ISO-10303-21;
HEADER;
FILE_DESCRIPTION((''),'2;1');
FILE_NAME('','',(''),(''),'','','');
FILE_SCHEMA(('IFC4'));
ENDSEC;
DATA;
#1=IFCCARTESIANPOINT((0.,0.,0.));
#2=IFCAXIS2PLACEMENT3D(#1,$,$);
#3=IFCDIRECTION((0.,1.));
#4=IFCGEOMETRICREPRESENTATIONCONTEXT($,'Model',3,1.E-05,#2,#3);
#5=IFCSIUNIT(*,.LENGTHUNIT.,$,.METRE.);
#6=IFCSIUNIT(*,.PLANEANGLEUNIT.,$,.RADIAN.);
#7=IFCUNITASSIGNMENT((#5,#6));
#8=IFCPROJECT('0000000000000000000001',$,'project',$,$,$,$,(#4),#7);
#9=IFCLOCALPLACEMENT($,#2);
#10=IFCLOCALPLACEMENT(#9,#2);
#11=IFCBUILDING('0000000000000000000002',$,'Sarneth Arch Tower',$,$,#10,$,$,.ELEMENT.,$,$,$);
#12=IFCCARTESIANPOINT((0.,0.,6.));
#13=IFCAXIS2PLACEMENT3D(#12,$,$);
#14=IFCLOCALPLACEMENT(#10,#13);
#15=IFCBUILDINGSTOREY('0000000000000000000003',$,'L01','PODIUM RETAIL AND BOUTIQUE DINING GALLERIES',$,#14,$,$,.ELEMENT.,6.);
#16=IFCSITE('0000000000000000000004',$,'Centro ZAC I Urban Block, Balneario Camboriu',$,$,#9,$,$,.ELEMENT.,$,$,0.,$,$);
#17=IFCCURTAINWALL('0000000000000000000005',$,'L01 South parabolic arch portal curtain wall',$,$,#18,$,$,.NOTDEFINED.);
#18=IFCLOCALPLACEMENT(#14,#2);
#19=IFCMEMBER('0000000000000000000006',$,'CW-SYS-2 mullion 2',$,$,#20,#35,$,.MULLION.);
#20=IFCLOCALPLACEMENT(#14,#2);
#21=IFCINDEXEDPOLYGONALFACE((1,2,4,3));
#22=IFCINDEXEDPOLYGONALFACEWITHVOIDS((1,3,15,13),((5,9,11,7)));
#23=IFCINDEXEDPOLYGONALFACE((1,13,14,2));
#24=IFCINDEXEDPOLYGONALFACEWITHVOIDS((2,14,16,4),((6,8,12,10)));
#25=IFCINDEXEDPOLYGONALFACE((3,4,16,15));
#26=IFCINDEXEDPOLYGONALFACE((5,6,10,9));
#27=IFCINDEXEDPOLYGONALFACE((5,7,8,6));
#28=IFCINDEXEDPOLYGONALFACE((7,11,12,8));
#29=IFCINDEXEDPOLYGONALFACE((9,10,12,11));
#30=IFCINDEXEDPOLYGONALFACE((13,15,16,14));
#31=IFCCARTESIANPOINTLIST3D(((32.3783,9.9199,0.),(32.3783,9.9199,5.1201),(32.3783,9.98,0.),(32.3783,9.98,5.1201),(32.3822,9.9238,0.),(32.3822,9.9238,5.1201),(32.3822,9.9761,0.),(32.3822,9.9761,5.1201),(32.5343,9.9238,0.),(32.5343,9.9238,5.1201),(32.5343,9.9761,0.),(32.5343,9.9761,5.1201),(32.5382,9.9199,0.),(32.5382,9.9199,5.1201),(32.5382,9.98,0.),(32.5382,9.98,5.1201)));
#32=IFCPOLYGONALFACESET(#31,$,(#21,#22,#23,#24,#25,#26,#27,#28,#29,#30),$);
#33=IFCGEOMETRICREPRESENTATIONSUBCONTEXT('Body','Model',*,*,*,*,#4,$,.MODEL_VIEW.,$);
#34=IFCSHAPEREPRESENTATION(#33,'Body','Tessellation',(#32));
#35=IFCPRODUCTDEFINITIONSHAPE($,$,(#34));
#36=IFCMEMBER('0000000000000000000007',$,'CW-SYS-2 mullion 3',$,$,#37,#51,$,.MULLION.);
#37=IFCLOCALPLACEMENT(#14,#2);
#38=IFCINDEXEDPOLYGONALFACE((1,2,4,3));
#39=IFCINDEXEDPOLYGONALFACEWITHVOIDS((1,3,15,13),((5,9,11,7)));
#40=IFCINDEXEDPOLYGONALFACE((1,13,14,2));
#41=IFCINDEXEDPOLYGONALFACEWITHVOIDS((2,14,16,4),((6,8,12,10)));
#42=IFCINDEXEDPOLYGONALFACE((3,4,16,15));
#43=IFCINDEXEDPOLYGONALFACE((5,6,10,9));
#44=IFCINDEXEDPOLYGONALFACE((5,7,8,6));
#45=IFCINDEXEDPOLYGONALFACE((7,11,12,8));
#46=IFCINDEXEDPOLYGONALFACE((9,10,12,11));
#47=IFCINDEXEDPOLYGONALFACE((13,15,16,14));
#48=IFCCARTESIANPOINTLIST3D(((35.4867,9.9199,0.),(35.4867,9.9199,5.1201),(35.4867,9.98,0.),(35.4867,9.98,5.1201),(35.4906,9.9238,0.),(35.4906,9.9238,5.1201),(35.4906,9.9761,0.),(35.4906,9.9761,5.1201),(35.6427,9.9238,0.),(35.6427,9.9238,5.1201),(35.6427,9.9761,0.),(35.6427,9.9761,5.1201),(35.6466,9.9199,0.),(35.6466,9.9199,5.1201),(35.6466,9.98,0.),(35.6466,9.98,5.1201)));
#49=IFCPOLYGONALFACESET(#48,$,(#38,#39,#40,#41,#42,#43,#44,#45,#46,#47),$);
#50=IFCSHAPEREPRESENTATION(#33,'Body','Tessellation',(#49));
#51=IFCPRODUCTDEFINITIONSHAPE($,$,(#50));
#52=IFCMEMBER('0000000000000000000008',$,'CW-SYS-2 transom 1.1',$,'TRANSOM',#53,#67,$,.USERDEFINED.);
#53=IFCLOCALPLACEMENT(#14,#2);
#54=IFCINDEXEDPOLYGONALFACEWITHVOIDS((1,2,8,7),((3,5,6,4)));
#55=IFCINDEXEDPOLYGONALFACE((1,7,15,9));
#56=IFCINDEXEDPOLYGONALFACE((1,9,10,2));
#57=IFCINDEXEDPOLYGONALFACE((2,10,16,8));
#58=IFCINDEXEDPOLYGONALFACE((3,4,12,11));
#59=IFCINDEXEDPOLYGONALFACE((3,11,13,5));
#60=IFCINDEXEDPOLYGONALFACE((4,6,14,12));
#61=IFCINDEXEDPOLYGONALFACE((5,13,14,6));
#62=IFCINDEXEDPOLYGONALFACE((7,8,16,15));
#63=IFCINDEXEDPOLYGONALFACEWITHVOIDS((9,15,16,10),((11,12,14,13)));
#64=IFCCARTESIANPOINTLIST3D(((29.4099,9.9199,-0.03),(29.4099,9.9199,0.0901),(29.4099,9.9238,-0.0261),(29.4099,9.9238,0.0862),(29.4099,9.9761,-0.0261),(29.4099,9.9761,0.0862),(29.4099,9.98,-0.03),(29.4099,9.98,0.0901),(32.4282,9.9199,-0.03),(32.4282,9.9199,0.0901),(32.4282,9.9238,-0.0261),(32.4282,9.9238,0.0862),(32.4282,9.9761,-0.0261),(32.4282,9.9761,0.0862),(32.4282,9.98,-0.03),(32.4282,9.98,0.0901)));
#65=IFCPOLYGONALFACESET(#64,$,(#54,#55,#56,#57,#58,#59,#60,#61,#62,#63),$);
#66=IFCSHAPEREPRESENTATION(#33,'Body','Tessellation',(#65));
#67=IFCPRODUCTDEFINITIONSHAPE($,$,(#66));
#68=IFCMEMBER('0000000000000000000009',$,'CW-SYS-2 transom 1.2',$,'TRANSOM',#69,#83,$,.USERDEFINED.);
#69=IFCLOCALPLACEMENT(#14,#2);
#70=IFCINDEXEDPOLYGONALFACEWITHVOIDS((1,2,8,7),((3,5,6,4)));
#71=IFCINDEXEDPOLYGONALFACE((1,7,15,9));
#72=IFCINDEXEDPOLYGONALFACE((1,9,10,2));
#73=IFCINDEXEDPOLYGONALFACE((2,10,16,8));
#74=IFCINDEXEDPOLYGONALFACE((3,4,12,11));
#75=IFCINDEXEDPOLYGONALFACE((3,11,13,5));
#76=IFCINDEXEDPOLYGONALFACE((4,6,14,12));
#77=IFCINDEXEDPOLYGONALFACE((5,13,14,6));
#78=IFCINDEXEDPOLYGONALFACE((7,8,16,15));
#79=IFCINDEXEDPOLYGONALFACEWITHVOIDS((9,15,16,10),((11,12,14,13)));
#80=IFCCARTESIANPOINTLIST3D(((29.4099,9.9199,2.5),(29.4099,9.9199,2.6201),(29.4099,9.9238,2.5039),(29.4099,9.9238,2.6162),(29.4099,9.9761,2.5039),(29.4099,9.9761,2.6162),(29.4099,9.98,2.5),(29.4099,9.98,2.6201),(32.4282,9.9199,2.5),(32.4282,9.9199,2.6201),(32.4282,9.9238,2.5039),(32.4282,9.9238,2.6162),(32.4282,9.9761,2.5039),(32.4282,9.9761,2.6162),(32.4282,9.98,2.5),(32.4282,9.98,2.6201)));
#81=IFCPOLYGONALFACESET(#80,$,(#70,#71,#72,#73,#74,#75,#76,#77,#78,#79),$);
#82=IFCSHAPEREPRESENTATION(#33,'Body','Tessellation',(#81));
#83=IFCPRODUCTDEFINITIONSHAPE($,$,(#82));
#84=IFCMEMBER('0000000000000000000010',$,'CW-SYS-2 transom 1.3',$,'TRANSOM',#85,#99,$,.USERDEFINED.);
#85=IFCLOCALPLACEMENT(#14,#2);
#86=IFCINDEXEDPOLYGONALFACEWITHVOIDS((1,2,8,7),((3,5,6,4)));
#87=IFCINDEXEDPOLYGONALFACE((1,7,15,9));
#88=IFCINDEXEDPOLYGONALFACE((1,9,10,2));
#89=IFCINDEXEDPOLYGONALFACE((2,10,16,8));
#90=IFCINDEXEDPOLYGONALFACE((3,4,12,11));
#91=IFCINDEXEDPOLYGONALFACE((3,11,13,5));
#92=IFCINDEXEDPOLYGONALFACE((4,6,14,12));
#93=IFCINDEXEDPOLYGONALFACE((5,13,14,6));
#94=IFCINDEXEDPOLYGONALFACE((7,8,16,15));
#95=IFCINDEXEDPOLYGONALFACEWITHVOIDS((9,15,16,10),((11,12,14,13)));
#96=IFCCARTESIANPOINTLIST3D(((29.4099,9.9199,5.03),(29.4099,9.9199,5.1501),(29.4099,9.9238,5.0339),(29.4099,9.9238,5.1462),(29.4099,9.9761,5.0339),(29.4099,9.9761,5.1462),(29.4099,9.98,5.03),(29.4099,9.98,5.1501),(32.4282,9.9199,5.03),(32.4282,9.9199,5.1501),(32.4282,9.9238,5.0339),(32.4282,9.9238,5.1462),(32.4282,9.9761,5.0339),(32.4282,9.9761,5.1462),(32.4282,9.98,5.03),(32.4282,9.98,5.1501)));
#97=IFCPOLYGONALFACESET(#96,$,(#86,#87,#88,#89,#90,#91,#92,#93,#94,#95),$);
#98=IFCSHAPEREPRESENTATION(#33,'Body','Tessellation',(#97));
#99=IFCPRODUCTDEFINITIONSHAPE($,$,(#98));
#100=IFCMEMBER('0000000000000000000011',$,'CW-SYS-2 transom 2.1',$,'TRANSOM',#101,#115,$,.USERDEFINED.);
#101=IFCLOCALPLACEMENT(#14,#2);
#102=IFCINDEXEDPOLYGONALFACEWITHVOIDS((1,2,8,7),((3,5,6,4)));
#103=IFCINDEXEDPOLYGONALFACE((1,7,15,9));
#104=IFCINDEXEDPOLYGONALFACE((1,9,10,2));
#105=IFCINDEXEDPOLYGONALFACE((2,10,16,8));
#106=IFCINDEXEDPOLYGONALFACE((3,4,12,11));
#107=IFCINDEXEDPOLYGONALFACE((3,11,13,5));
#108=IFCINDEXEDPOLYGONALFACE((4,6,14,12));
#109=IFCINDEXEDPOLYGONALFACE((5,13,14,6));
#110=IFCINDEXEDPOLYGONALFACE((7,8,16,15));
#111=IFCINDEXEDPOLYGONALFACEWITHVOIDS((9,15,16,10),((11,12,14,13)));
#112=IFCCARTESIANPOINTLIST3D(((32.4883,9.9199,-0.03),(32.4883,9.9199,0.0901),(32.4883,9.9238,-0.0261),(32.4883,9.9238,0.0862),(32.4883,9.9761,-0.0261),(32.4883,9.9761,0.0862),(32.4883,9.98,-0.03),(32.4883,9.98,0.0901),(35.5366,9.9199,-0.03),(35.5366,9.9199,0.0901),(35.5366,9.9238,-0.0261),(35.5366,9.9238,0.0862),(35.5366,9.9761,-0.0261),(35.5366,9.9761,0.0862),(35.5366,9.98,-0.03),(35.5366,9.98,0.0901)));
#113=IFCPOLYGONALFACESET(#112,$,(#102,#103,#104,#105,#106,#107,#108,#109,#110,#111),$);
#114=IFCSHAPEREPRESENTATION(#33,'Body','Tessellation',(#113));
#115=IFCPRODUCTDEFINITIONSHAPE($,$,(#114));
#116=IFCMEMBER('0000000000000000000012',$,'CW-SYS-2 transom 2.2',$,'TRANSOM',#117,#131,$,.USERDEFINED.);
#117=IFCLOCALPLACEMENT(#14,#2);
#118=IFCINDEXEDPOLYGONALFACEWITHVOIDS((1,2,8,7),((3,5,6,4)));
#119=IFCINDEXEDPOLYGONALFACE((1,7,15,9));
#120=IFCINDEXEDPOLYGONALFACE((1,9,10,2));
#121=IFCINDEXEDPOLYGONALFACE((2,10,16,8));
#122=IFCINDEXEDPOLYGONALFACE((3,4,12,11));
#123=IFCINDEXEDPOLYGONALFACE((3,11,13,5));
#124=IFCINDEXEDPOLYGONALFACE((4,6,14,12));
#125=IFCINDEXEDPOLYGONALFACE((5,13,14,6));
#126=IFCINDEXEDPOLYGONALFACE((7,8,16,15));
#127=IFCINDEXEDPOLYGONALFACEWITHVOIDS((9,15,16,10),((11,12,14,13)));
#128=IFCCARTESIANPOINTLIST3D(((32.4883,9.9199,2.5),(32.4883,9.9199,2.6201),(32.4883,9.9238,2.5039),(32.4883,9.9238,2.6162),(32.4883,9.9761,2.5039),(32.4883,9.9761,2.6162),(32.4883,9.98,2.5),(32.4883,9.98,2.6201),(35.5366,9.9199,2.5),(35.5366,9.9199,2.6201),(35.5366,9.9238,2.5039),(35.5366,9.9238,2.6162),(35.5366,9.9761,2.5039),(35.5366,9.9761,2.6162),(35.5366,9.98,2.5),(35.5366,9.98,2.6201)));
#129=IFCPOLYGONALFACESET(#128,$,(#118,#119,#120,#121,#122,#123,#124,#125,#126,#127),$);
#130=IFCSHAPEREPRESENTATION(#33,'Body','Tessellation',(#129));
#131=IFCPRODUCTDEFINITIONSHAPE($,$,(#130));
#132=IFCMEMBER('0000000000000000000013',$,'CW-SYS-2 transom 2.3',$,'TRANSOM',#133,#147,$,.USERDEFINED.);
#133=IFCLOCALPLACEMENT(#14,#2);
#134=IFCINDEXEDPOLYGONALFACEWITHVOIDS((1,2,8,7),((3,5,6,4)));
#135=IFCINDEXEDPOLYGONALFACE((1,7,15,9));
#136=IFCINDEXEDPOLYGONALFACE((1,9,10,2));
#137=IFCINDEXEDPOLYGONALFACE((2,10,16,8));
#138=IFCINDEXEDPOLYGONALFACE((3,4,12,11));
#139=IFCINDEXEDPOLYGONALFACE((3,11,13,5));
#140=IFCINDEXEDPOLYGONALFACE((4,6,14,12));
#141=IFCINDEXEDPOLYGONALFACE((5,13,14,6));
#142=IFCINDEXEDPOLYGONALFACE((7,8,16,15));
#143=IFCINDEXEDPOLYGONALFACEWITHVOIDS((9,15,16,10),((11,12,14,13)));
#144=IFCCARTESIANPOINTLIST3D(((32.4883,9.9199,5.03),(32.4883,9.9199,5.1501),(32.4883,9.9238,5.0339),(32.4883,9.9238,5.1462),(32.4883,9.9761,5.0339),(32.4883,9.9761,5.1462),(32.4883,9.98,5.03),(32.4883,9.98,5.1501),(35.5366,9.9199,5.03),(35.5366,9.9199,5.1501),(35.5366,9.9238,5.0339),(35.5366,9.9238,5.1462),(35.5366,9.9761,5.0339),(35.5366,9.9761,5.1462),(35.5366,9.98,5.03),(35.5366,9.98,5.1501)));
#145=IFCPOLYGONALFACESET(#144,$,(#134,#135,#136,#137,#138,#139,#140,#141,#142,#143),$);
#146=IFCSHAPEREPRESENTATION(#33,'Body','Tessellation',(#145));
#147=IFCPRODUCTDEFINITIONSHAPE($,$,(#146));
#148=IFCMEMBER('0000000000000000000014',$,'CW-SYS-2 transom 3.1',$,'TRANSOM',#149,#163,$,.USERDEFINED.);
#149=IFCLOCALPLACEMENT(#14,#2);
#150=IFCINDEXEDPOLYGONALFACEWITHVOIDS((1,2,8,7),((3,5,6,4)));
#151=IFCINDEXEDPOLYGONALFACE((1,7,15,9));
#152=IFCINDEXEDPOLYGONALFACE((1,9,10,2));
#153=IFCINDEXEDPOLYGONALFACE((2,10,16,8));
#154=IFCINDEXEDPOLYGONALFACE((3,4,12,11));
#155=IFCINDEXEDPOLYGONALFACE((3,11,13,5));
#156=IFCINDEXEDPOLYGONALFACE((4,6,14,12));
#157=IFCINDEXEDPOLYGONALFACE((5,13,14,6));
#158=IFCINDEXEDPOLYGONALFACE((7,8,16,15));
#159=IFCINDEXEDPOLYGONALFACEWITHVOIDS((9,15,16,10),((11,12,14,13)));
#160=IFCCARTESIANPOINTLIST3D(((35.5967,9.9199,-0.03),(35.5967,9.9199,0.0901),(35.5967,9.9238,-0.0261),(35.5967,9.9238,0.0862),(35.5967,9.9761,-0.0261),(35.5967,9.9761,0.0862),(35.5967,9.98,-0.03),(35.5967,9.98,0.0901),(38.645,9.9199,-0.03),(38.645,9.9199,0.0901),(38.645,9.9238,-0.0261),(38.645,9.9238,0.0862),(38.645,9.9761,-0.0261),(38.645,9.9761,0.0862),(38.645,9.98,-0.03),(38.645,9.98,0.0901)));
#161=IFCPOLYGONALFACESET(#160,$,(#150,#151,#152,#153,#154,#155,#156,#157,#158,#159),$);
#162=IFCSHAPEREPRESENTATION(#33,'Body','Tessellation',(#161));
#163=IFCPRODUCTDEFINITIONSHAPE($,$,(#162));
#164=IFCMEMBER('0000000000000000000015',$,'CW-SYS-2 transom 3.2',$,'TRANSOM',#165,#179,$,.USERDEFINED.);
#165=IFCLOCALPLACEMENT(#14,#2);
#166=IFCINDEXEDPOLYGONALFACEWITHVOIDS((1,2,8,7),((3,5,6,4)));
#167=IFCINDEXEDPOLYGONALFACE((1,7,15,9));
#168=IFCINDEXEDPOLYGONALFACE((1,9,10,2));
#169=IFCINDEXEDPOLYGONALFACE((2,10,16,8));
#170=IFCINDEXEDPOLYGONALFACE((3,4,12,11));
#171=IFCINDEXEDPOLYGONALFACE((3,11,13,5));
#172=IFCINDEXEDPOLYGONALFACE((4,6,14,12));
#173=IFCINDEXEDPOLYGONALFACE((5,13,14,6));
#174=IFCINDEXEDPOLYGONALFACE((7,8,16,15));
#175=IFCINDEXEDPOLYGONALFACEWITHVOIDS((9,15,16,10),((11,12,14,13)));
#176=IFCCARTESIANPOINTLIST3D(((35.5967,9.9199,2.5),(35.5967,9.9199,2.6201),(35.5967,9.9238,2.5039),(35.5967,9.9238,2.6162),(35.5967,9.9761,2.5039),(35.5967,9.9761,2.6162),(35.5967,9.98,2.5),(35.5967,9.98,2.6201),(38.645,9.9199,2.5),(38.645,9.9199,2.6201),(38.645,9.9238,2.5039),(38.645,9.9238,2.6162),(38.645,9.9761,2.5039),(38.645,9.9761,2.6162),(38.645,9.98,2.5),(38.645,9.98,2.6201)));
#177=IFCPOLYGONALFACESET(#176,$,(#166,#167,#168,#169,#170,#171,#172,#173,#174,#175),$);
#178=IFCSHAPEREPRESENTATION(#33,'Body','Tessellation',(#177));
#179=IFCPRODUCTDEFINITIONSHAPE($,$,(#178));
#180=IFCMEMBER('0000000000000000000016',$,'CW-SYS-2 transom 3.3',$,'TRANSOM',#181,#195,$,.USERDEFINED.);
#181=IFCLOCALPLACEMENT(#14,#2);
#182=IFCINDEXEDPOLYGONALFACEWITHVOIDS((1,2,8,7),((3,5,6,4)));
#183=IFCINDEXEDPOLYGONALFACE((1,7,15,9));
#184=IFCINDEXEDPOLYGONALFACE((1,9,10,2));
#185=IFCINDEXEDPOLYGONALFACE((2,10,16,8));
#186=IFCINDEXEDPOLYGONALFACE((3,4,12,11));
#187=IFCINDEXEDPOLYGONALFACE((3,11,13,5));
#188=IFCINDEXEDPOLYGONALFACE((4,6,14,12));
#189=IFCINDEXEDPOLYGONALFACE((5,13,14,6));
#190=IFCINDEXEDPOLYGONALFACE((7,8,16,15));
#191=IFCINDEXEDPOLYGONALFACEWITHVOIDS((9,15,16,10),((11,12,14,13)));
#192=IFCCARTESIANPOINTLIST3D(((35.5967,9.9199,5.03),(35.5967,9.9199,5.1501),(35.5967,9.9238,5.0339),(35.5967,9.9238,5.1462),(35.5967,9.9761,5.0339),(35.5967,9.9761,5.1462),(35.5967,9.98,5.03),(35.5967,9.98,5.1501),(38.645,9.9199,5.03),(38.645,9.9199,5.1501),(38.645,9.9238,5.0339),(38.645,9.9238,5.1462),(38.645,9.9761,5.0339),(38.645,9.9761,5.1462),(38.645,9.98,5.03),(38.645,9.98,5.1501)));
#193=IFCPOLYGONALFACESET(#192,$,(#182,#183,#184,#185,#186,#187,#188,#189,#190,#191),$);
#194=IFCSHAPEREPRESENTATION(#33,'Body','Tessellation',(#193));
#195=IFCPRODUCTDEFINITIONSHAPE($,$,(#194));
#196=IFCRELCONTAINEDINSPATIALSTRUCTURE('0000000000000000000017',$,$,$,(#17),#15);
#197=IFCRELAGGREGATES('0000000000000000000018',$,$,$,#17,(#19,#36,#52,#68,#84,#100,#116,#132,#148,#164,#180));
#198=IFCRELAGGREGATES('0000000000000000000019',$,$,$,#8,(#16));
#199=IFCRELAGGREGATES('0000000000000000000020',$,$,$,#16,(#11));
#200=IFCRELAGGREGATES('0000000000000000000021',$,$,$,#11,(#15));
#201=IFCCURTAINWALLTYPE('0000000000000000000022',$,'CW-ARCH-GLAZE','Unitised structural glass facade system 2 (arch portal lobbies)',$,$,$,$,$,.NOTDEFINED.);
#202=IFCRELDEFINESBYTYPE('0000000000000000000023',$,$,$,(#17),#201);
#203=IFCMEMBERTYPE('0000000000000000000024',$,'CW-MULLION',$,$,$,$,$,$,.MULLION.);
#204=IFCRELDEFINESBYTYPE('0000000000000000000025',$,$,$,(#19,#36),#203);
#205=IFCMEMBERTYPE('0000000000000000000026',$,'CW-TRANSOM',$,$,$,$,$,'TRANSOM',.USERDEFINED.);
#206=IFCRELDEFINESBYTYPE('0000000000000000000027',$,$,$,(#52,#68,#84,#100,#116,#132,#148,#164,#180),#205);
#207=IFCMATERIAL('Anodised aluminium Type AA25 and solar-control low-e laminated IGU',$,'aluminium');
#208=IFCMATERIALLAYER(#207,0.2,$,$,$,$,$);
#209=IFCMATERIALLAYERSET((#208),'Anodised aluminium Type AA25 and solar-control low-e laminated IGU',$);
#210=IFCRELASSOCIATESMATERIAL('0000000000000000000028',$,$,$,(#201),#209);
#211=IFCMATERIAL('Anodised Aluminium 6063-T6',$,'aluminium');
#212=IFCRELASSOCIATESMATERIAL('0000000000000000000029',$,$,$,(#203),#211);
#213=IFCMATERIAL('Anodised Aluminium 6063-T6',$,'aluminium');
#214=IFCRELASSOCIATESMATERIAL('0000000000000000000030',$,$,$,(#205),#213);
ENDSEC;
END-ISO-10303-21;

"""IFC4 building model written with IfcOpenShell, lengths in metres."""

from ifc_helpers import new_model, si_unit, direction, frame, origin, origin_2d, place, context, subcontext, project, spatial, hollow_rectangle, extrude, material, layer, layer_set, material_profile, profile_set, type_object, element, aggregate, save


model = new_model("IFC4")

# Units and contexts
model_context = context("Model", 3, precision=1e-05, world=origin(), true_north=direction((0.0, 1.0)))
body_context = subcontext(model_context, "Body", "Model", "MODEL_VIEW")
ifc_project = project(units=[si_unit("LENGTHUNIT", "METRE"), si_unit("PLANEANGLEUNIT", "RADIAN")], contexts=[model_context])

# Site, building, storey
site_placement = place(None, origin())
site = spatial("IfcSite", under=ifc_project, at=site_placement, Name="Centro ZAC I Urban Block, Balneario Camboriu", CompositionType="ELEMENT", RefElevation=0.0)
building_placement = place(site_placement, origin())
building = spatial("IfcBuilding", under=site, at=building_placement, Name="Sarneth Arch Tower", CompositionType="ELEMENT")
storey_placement = place(building_placement, frame((0.0, 0.0, 6.0)))
storey = spatial("IfcBuildingStorey", under=building, at=storey_placement, Name="L01", Description="PODIUM RETAIL AND BOUTIQUE DINING GALLERIES", CompositionType="ELEMENT", Elevation=6.0)

# Curtain wall, members
ifc_material_1 = material(Name="Anodised aluminium Type AA25 and solar-control low-e laminated IGU", Category="aluminium")
ifc_layer_1 = layer(ifc_material_1, 0.2)
ifc_layer_set_1 = layer_set([ifc_layer_1], Name="Anodised aluminium Type AA25 and solar-control low-e laminated IGU")
curtain_wall_type = type_object("IfcCurtainWallType", Name="CW-ARCH-GLAZE", Description="Unitised structural glass facade system 2 (arch portal lobbies)", PredefinedType="NOTDEFINED", material=ifc_layer_set_1)
curtain_wall_placement = place(storey_placement, origin())
curtain_wall = element("IfcCurtainWall", 1, at=curtain_wall_placement, inside=storey, type_object=curtain_wall_type, Name="L01 South parabolic arch portal curtain wall", PredefinedType="NOTDEFINED")
ifc_material_2 = material(Name="Anodised Aluminium 6063-T6", Category="aluminium")
ifc_material_profile_1 = material_profile(ifc_material_2, hollow_rectangle(XDim=0.0601, YDim=0.1599, WallThickness=0.0039, at=origin_2d()), Name="AL-MULL-160x60x4")
ifc_profile_set_1 = profile_set([ifc_material_profile_1], Name="Anodised Aluminium 6063-T6")
member_type_1 = type_object("IfcMemberType", Name="CW-MULLION", PredefinedType="MULLION", material=ifc_profile_set_1)
member_1_placement = place(storey_placement, frame((32.4583, 9.95, 0.0), z_axis=(0.0, 0.0, 1.0), x_axis=(0.0, 1.0, 0.0)))
member_1 = element("IfcMember", 2, at=member_1_placement, type_object=member_type_1, Name="CW-SYS-2 mullion 2", PredefinedType="MULLION", context=body_context, shape_type="SweptSolid", body=[
    extrude(hollow_rectangle(XDim=0.0601, YDim=0.1599, WallThickness=0.0039, at=origin_2d()), origin(), (0.0, 0.0, 1.0), 5.1201),
])
member_2_placement = place(storey_placement, frame((35.5667, 9.95, 0.0), z_axis=(0.0, 0.0, 1.0), x_axis=(0.0, 1.0, 0.0)))
member_2 = element("IfcMember", 3, at=member_2_placement, type_object=member_type_1, Name="CW-SYS-2 mullion 3", PredefinedType="MULLION", context=body_context, shape_type="SweptSolid", body=[
    extrude(hollow_rectangle(XDim=0.0601, YDim=0.1599, WallThickness=0.0039, at=origin_2d()), origin(), (0.0, 0.0, 1.0), 5.1201),
])
ifc_material_3 = material(Name="Anodised Aluminium 6063-T6", Category="aluminium")
ifc_material_profile_2 = material_profile(ifc_material_3, hollow_rectangle(XDim=0.0601, YDim=0.1201, WallThickness=0.0039, at=origin_2d()), Name="AL-TRAN-120x60x4")
ifc_profile_set_2 = profile_set([ifc_material_profile_2], Name="Anodised Aluminium 6063-T6")
member_type_2 = type_object("IfcMemberType", Name="CW-TRANSOM", ElementType="TRANSOM", PredefinedType="USERDEFINED", material=ifc_profile_set_2)
member_3_placement = place(storey_placement, frame((29.4099, 9.95, 0.03), z_axis=(1.0, 0.0, 0.0), x_axis=(0.0, 1.0, 0.0)))
member_3 = element("IfcMember", 4, at=member_3_placement, type_object=member_type_2, Name="CW-SYS-2 transom 1.1", ObjectType="TRANSOM", PredefinedType="USERDEFINED", context=body_context, shape_type="SweptSolid", body=[
    extrude(hollow_rectangle(XDim=0.0601, YDim=0.1201, WallThickness=0.0039, at=origin_2d()), origin(), (0.0, 0.0, 1.0), 3.0183),
])
member_4_placement = place(storey_placement, frame((29.4099, 9.95, 2.5601), z_axis=(1.0, 0.0, 0.0), x_axis=(0.0, 1.0, 0.0)))
member_4 = element("IfcMember", 5, at=member_4_placement, type_object=member_type_2, Name="CW-SYS-2 transom 1.2", ObjectType="TRANSOM", PredefinedType="USERDEFINED", context=body_context, shape_type="SweptSolid", body=[
    extrude(hollow_rectangle(XDim=0.0601, YDim=0.1201, WallThickness=0.0039, at=origin_2d()), origin(), (0.0, 0.0, 1.0), 3.0183),
])
member_5_placement = place(storey_placement, frame((29.4099, 9.95, 5.0901), z_axis=(1.0, 0.0, 0.0), x_axis=(0.0, 1.0, 0.0)))
member_5 = element("IfcMember", 6, at=member_5_placement, type_object=member_type_2, Name="CW-SYS-2 transom 1.3", ObjectType="TRANSOM", PredefinedType="USERDEFINED", context=body_context, shape_type="SweptSolid", body=[
    extrude(hollow_rectangle(XDim=0.0601, YDim=0.1201, WallThickness=0.0039, at=origin_2d()), origin(), (0.0, 0.0, 1.0), 3.0183),
])
member_6_placement = place(storey_placement, frame((32.4883, 9.95, 0.03), z_axis=(1.0, 0.0, 0.0), x_axis=(0.0, 1.0, 0.0)))
member_6 = element("IfcMember", 7, at=member_6_placement, type_object=member_type_2, Name="CW-SYS-2 transom 2.1", ObjectType="TRANSOM", PredefinedType="USERDEFINED", context=body_context, shape_type="SweptSolid", body=[
    extrude(hollow_rectangle(XDim=0.0601, YDim=0.1201, WallThickness=0.0039, at=origin_2d()), origin(), (0.0, 0.0, 1.0), 3.0483),
])
member_7_placement = place(storey_placement, frame((32.4883, 9.95, 2.5601), z_axis=(1.0, 0.0, 0.0), x_axis=(0.0, 1.0, 0.0)))
member_7 = element("IfcMember", 8, at=member_7_placement, type_object=member_type_2, Name="CW-SYS-2 transom 2.2", ObjectType="TRANSOM", PredefinedType="USERDEFINED", context=body_context, shape_type="SweptSolid", body=[
    extrude(hollow_rectangle(XDim=0.0601, YDim=0.1201, WallThickness=0.0039, at=origin_2d()), origin(), (0.0, 0.0, 1.0), 3.0483),
])
member_8_placement = place(storey_placement, frame((32.4883, 9.95, 5.0901), z_axis=(1.0, 0.0, 0.0), x_axis=(0.0, 1.0, 0.0)))
member_8 = element("IfcMember", 9, at=member_8_placement, type_object=member_type_2, Name="CW-SYS-2 transom 2.3", ObjectType="TRANSOM", PredefinedType="USERDEFINED", context=body_context, shape_type="SweptSolid", body=[
    extrude(hollow_rectangle(XDim=0.0601, YDim=0.1201, WallThickness=0.0039, at=origin_2d()), origin(), (0.0, 0.0, 1.0), 3.0483),
])
member_9_placement = place(storey_placement, frame((35.5967, 9.95, 0.03), z_axis=(1.0, 0.0, 0.0), x_axis=(0.0, 1.0, 0.0)))
member_9 = element("IfcMember", 10, at=member_9_placement, type_object=member_type_2, Name="CW-SYS-2 transom 3.1", ObjectType="TRANSOM", PredefinedType="USERDEFINED", context=body_context, shape_type="SweptSolid", body=[
    extrude(hollow_rectangle(XDim=0.0601, YDim=0.1201, WallThickness=0.0039, at=origin_2d()), origin(), (0.0, 0.0, 1.0), 3.0483),
])
member_10_placement = place(storey_placement, frame((35.5967, 9.95, 2.5601), z_axis=(1.0, 0.0, 0.0), x_axis=(0.0, 1.0, 0.0)))
member_10 = element("IfcMember", 11, at=member_10_placement, type_object=member_type_2, Name="CW-SYS-2 transom 3.2", ObjectType="TRANSOM", PredefinedType="USERDEFINED", context=body_context, shape_type="SweptSolid", body=[
    extrude(hollow_rectangle(XDim=0.0601, YDim=0.1201, WallThickness=0.0039, at=origin_2d()), origin(), (0.0, 0.0, 1.0), 3.0483),
])
member_11_placement = place(storey_placement, frame((35.5967, 9.95, 5.0901), z_axis=(1.0, 0.0, 0.0), x_axis=(0.0, 1.0, 0.0)))
member_11 = element("IfcMember", 12, at=member_11_placement, type_object=member_type_2, Name="CW-SYS-2 transom 3.3", ObjectType="TRANSOM", PredefinedType="USERDEFINED", context=body_context, shape_type="SweptSolid", body=[
    extrude(hollow_rectangle(XDim=0.0601, YDim=0.1201, WallThickness=0.0039, at=origin_2d()), origin(), (0.0, 0.0, 1.0), 3.0483),
])

aggregate(curtain_wall, [member_1, member_2, member_3, member_4, member_5, member_6, member_7, member_8, member_9, member_10, member_11])

save(model, "model.ifc")
